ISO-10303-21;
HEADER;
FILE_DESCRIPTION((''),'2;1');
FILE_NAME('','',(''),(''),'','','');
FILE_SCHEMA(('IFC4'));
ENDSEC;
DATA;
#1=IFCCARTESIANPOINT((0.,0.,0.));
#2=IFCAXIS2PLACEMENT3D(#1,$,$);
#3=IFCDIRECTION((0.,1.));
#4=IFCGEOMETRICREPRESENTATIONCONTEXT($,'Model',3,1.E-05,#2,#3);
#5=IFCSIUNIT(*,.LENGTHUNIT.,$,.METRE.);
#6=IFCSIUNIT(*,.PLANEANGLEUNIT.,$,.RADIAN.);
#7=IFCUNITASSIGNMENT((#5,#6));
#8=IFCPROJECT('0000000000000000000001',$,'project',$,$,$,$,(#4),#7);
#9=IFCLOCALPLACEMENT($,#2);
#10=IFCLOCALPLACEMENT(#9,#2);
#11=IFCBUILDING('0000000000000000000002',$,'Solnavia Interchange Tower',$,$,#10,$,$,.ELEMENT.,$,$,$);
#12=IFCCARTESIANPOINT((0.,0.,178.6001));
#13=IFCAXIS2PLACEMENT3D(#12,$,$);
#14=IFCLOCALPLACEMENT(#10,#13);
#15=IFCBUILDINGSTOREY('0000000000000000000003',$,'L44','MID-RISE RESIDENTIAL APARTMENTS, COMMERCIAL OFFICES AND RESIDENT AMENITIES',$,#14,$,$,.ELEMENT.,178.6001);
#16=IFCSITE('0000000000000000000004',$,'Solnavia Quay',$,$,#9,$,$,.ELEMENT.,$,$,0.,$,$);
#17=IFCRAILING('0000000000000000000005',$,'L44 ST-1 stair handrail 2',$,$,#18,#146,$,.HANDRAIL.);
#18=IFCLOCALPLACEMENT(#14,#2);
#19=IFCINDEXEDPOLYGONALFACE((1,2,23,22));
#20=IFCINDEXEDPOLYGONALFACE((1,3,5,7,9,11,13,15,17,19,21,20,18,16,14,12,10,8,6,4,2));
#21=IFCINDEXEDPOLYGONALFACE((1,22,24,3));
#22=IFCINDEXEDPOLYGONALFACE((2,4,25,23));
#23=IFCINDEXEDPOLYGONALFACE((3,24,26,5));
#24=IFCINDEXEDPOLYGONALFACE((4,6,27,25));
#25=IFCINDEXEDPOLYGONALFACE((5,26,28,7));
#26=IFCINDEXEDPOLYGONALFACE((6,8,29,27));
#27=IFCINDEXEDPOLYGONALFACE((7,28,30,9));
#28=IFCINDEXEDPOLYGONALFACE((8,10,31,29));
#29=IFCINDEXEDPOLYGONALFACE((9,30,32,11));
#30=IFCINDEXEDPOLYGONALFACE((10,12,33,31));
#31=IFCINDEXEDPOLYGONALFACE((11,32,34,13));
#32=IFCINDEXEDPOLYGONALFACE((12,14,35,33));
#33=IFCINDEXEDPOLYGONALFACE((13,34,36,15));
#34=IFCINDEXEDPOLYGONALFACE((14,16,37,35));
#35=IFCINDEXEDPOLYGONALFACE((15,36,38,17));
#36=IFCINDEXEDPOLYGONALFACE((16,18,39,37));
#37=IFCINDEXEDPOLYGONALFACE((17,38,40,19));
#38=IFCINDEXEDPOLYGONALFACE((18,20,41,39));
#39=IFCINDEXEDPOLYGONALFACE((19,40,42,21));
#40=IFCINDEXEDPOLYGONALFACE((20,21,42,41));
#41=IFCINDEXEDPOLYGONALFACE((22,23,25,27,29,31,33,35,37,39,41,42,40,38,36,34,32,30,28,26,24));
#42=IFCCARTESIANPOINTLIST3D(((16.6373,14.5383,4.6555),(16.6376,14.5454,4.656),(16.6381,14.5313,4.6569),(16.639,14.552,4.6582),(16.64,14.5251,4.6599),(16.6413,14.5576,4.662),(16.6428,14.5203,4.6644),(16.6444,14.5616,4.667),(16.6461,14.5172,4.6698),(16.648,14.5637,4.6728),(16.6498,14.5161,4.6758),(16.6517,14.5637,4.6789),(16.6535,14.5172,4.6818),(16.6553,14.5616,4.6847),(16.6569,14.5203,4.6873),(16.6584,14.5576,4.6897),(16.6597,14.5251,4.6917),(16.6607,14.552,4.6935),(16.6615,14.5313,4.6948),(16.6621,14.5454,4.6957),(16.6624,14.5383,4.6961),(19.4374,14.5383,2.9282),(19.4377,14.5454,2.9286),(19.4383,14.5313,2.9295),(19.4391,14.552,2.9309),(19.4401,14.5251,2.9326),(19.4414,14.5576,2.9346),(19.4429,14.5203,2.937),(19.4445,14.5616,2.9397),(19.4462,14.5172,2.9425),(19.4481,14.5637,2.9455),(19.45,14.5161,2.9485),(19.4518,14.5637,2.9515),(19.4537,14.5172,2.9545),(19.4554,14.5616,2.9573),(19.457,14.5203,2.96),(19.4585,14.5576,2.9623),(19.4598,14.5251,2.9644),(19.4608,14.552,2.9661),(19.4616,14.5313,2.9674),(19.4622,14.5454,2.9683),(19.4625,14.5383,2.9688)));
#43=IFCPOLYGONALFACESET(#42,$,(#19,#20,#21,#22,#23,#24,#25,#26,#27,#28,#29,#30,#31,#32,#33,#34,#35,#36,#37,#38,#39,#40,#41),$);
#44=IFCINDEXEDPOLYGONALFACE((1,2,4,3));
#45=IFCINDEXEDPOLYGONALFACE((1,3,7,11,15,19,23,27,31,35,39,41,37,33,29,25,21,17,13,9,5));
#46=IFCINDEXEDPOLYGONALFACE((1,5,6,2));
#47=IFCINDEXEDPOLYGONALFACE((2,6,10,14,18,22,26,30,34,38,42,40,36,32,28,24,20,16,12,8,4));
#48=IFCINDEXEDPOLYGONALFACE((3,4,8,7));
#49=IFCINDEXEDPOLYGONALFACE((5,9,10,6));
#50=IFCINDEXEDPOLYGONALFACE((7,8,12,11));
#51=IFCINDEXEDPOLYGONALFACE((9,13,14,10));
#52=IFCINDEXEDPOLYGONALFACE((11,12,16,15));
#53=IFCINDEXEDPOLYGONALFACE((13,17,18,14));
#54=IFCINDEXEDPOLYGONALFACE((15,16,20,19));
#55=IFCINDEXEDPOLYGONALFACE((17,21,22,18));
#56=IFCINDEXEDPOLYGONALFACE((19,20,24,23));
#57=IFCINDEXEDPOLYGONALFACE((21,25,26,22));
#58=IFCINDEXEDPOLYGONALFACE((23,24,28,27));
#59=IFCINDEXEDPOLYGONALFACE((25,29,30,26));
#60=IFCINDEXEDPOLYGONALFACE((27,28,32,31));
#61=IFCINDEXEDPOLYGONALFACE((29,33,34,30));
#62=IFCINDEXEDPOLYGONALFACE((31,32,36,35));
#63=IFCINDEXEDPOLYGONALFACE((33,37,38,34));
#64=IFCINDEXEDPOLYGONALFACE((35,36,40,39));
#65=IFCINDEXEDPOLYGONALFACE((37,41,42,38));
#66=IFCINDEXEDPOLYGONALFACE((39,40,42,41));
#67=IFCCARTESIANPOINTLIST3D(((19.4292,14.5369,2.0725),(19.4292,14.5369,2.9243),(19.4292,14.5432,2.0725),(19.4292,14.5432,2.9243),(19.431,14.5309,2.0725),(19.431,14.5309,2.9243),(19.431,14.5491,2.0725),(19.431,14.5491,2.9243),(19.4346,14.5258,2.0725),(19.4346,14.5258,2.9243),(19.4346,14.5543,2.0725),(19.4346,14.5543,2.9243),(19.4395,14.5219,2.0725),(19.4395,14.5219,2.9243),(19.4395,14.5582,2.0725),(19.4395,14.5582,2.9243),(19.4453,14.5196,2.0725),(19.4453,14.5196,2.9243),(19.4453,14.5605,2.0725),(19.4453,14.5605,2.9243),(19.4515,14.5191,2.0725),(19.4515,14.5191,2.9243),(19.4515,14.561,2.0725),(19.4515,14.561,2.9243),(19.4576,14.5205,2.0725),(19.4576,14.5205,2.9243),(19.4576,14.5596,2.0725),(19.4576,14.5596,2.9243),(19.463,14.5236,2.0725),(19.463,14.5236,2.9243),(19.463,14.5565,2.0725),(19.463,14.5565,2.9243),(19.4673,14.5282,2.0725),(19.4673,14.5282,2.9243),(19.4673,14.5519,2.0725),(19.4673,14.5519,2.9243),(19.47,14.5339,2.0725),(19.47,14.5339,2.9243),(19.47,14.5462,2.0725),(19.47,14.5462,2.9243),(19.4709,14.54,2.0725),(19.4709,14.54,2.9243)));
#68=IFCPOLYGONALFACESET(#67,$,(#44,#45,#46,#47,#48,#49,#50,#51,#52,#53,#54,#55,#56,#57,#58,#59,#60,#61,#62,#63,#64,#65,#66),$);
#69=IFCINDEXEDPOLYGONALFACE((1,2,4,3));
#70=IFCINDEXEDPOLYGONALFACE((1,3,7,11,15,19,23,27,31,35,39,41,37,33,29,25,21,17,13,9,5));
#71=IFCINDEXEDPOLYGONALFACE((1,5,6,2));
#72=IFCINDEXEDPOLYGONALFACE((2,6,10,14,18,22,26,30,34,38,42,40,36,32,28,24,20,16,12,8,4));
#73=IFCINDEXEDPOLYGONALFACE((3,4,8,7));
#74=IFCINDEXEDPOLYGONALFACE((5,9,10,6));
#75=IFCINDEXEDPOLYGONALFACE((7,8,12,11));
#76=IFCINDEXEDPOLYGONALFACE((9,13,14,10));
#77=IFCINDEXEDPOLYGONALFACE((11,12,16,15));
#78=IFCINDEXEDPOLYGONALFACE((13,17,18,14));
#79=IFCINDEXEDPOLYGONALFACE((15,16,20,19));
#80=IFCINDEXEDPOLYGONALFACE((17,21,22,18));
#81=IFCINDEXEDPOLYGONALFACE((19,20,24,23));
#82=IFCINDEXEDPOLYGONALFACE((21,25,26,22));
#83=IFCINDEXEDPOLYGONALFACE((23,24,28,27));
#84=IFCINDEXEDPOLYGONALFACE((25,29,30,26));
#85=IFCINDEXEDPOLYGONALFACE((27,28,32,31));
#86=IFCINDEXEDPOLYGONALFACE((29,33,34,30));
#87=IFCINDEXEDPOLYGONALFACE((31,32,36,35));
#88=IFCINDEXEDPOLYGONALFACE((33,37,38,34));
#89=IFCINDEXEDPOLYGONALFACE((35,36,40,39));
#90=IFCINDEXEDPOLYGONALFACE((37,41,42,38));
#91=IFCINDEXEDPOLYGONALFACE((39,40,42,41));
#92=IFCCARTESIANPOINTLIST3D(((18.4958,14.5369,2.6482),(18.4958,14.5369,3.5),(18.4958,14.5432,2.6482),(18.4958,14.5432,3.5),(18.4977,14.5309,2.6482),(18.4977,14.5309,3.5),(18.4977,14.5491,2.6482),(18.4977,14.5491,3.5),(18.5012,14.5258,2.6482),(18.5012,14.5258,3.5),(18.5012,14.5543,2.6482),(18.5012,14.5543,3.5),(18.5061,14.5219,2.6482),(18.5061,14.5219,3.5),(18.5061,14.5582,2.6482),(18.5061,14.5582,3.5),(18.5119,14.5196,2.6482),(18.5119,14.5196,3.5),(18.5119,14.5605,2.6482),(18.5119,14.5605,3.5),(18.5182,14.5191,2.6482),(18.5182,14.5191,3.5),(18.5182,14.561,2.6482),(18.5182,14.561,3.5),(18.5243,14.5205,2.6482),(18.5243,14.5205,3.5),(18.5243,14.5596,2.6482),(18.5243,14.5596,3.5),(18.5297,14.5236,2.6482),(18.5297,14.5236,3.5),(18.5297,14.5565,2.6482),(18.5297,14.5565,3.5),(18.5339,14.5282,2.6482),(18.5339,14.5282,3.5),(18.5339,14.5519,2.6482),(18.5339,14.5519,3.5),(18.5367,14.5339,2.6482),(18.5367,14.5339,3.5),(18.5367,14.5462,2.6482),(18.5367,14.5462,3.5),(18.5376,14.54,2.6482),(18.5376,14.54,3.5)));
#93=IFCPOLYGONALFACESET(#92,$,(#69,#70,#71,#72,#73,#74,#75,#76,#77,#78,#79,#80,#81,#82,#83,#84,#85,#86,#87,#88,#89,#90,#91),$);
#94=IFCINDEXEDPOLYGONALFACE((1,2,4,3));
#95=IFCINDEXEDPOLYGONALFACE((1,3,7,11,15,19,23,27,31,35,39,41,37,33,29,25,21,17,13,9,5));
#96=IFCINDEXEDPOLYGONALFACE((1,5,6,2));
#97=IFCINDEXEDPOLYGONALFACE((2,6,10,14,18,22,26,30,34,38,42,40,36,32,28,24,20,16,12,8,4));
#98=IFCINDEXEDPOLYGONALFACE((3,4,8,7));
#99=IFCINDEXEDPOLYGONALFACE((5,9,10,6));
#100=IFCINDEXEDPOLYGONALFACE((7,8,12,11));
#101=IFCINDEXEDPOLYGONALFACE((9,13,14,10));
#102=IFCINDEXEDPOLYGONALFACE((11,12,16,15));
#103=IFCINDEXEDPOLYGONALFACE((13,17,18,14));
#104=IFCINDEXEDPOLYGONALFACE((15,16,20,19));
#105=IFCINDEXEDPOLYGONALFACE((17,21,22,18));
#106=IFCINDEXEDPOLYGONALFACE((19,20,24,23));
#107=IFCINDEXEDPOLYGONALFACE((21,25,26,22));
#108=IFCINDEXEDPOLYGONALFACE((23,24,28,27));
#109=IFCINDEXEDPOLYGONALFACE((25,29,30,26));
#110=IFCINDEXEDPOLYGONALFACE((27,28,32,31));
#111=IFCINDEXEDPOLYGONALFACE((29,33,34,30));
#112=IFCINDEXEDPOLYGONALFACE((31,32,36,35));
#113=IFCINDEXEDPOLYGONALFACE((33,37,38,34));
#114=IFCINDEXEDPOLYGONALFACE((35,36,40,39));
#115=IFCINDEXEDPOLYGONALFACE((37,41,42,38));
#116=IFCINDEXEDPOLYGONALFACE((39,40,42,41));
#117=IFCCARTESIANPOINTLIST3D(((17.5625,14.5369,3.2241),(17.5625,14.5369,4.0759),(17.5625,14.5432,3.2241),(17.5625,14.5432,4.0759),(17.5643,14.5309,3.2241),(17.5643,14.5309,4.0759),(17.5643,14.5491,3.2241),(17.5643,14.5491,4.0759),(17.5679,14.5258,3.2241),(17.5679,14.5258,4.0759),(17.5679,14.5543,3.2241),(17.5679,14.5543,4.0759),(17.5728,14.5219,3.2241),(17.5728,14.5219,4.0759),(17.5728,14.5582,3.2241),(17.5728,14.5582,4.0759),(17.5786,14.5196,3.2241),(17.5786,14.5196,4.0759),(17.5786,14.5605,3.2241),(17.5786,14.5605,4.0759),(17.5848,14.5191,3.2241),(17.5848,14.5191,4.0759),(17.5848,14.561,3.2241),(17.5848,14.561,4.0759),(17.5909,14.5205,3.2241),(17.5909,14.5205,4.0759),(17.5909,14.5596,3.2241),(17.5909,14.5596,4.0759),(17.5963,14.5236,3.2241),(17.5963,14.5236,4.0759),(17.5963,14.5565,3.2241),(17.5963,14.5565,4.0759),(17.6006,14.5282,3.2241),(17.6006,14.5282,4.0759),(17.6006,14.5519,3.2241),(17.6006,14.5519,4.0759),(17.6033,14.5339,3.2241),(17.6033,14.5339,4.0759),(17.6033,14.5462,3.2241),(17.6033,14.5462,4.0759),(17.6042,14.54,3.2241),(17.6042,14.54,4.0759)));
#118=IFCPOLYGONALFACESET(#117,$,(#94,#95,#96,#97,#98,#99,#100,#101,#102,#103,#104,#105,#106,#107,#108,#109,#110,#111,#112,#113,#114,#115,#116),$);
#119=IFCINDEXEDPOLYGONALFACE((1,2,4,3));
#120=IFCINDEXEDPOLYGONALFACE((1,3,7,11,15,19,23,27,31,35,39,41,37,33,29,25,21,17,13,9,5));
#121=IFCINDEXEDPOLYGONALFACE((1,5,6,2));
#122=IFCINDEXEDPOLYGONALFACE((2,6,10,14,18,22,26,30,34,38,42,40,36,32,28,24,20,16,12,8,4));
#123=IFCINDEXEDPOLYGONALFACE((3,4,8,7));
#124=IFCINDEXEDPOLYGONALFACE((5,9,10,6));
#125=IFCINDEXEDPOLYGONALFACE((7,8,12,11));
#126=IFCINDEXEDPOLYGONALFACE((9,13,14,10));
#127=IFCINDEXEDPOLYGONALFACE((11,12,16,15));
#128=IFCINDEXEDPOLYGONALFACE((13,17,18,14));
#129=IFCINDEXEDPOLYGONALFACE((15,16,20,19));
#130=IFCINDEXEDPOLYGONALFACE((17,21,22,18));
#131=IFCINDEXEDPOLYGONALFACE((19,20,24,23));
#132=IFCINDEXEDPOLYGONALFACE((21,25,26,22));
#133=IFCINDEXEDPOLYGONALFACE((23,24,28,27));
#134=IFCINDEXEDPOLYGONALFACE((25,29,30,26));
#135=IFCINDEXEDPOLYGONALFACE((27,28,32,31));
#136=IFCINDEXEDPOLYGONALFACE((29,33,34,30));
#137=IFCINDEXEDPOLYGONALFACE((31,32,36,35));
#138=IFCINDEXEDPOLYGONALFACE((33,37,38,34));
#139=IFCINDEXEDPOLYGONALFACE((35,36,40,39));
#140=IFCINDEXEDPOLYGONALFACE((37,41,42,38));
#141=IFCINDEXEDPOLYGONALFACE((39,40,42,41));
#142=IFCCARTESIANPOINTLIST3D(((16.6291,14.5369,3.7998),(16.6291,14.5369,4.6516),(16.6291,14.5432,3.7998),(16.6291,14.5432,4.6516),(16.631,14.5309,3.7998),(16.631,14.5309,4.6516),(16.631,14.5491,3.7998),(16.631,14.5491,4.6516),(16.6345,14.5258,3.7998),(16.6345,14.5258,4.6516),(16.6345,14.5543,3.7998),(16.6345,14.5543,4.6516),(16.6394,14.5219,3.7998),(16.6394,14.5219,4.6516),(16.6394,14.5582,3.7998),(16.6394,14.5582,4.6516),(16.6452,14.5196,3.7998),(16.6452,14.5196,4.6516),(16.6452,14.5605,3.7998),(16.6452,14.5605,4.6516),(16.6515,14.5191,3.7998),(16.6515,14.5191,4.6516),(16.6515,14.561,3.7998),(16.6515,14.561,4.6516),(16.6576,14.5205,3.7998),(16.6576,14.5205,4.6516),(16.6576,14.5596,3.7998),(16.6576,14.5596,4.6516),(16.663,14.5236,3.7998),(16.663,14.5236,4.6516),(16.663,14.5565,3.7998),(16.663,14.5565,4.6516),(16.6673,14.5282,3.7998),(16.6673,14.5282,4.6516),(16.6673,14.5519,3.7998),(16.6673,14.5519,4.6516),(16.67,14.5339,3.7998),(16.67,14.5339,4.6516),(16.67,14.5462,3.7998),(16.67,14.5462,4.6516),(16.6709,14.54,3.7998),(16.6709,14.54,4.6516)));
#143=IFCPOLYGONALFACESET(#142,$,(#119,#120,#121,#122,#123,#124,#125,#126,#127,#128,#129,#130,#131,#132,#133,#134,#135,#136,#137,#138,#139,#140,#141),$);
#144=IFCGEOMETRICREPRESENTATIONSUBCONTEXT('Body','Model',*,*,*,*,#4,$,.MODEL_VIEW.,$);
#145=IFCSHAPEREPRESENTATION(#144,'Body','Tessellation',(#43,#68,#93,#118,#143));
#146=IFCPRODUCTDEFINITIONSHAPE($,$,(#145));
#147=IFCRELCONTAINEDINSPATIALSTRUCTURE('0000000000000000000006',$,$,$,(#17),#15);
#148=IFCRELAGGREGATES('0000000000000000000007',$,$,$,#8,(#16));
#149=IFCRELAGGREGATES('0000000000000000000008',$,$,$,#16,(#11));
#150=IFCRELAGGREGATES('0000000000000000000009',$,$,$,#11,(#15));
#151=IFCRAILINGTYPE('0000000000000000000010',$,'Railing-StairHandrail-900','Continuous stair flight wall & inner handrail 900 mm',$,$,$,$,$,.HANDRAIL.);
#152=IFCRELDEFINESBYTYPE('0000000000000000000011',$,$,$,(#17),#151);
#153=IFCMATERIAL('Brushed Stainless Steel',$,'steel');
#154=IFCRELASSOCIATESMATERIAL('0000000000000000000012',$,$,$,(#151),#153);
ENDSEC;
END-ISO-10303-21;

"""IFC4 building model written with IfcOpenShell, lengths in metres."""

from ifc_helpers import new_model, si_unit, direction, frame, origin, origin_2d, place, context, subcontext, project, spatial, circle, extrude, material, type_object, element, save


model = new_model("IFC4")

# Units and contexts
model_context = context("Model", 3, precision=1e-05, world=origin(), true_north=direction((0.0, 1.0)))
body_context = subcontext(model_context, "Body", "Model", "MODEL_VIEW")
ifc_project = project(units=[si_unit("LENGTHUNIT", "METRE"), si_unit("PLANEANGLEUNIT", "RADIAN")], contexts=[model_context])

# Site, building, storey
site_placement = place(None, origin())
site = spatial("IfcSite", under=ifc_project, at=site_placement, Name="Solnavia Quay", CompositionType="ELEMENT", RefElevation=0.0)
building_placement = place(site_placement, origin())
building = spatial("IfcBuilding", under=site, at=building_placement, Name="Solnavia Interchange Tower", CompositionType="ELEMENT")
storey_placement = place(building_placement, frame((0.0, 0.0, 178.6001)))
storey = spatial("IfcBuildingStorey", under=building, at=storey_placement, Name="L44", Description="MID-RISE RESIDENTIAL APARTMENTS, COMMERCIAL OFFICES AND RESIDENT AMENITIES", CompositionType="ELEMENT", Elevation=178.6001)

# Railing
ifc_material_1 = material(Name="Brushed Stainless Steel", Category="steel")
railing_type_1 = type_object("IfcRailingType", Name="Railing-StairHandrail-900", Description="Continuous stair flight wall & inner handrail 900 mm", PredefinedType="HANDRAIL", material=ifc_material_1)
railing_1_placement = place(storey_placement, frame((19.45, 14.54, 2.0725)))
element("IfcRailing", 1, at=railing_1_placement, inside=storey, type_object=railing_type_1, Name="L44 ST-1 stair handrail 2", PredefinedType="HANDRAIL", context=body_context, shape_type="SweptSolid", body=[
    extrude(circle(Radius=0.0239, at=origin_2d()), frame((0.0, 0.0, 0.876), z_axis=(-0.85109, 0.0, 0.52502), x_axis=(0.0, -1.0, 0.0)), (0.0, 0.0, 1.0), 3.29),
    extrude(circle(Radius=0.021, at=origin_2d()), origin(), (0.0, 0.0, 1.0), 0.8518),
    extrude(circle(Radius=0.021, at=origin_2d()), frame((-0.9333, 0.0, 0.5757)), (0.0, 0.0, 1.0), 0.8518),
    extrude(circle(Radius=0.021, at=origin_2d()), frame((-1.8667, 0.0, 1.1516)), (0.0, 0.0, 1.0), 0.8518),
    extrude(circle(Radius=0.021, at=origin_2d()), frame((-2.8, 0.0, 1.7273)), (0.0, 0.0, 1.0), 0.8518),
])

save(model, "model.ifc")
